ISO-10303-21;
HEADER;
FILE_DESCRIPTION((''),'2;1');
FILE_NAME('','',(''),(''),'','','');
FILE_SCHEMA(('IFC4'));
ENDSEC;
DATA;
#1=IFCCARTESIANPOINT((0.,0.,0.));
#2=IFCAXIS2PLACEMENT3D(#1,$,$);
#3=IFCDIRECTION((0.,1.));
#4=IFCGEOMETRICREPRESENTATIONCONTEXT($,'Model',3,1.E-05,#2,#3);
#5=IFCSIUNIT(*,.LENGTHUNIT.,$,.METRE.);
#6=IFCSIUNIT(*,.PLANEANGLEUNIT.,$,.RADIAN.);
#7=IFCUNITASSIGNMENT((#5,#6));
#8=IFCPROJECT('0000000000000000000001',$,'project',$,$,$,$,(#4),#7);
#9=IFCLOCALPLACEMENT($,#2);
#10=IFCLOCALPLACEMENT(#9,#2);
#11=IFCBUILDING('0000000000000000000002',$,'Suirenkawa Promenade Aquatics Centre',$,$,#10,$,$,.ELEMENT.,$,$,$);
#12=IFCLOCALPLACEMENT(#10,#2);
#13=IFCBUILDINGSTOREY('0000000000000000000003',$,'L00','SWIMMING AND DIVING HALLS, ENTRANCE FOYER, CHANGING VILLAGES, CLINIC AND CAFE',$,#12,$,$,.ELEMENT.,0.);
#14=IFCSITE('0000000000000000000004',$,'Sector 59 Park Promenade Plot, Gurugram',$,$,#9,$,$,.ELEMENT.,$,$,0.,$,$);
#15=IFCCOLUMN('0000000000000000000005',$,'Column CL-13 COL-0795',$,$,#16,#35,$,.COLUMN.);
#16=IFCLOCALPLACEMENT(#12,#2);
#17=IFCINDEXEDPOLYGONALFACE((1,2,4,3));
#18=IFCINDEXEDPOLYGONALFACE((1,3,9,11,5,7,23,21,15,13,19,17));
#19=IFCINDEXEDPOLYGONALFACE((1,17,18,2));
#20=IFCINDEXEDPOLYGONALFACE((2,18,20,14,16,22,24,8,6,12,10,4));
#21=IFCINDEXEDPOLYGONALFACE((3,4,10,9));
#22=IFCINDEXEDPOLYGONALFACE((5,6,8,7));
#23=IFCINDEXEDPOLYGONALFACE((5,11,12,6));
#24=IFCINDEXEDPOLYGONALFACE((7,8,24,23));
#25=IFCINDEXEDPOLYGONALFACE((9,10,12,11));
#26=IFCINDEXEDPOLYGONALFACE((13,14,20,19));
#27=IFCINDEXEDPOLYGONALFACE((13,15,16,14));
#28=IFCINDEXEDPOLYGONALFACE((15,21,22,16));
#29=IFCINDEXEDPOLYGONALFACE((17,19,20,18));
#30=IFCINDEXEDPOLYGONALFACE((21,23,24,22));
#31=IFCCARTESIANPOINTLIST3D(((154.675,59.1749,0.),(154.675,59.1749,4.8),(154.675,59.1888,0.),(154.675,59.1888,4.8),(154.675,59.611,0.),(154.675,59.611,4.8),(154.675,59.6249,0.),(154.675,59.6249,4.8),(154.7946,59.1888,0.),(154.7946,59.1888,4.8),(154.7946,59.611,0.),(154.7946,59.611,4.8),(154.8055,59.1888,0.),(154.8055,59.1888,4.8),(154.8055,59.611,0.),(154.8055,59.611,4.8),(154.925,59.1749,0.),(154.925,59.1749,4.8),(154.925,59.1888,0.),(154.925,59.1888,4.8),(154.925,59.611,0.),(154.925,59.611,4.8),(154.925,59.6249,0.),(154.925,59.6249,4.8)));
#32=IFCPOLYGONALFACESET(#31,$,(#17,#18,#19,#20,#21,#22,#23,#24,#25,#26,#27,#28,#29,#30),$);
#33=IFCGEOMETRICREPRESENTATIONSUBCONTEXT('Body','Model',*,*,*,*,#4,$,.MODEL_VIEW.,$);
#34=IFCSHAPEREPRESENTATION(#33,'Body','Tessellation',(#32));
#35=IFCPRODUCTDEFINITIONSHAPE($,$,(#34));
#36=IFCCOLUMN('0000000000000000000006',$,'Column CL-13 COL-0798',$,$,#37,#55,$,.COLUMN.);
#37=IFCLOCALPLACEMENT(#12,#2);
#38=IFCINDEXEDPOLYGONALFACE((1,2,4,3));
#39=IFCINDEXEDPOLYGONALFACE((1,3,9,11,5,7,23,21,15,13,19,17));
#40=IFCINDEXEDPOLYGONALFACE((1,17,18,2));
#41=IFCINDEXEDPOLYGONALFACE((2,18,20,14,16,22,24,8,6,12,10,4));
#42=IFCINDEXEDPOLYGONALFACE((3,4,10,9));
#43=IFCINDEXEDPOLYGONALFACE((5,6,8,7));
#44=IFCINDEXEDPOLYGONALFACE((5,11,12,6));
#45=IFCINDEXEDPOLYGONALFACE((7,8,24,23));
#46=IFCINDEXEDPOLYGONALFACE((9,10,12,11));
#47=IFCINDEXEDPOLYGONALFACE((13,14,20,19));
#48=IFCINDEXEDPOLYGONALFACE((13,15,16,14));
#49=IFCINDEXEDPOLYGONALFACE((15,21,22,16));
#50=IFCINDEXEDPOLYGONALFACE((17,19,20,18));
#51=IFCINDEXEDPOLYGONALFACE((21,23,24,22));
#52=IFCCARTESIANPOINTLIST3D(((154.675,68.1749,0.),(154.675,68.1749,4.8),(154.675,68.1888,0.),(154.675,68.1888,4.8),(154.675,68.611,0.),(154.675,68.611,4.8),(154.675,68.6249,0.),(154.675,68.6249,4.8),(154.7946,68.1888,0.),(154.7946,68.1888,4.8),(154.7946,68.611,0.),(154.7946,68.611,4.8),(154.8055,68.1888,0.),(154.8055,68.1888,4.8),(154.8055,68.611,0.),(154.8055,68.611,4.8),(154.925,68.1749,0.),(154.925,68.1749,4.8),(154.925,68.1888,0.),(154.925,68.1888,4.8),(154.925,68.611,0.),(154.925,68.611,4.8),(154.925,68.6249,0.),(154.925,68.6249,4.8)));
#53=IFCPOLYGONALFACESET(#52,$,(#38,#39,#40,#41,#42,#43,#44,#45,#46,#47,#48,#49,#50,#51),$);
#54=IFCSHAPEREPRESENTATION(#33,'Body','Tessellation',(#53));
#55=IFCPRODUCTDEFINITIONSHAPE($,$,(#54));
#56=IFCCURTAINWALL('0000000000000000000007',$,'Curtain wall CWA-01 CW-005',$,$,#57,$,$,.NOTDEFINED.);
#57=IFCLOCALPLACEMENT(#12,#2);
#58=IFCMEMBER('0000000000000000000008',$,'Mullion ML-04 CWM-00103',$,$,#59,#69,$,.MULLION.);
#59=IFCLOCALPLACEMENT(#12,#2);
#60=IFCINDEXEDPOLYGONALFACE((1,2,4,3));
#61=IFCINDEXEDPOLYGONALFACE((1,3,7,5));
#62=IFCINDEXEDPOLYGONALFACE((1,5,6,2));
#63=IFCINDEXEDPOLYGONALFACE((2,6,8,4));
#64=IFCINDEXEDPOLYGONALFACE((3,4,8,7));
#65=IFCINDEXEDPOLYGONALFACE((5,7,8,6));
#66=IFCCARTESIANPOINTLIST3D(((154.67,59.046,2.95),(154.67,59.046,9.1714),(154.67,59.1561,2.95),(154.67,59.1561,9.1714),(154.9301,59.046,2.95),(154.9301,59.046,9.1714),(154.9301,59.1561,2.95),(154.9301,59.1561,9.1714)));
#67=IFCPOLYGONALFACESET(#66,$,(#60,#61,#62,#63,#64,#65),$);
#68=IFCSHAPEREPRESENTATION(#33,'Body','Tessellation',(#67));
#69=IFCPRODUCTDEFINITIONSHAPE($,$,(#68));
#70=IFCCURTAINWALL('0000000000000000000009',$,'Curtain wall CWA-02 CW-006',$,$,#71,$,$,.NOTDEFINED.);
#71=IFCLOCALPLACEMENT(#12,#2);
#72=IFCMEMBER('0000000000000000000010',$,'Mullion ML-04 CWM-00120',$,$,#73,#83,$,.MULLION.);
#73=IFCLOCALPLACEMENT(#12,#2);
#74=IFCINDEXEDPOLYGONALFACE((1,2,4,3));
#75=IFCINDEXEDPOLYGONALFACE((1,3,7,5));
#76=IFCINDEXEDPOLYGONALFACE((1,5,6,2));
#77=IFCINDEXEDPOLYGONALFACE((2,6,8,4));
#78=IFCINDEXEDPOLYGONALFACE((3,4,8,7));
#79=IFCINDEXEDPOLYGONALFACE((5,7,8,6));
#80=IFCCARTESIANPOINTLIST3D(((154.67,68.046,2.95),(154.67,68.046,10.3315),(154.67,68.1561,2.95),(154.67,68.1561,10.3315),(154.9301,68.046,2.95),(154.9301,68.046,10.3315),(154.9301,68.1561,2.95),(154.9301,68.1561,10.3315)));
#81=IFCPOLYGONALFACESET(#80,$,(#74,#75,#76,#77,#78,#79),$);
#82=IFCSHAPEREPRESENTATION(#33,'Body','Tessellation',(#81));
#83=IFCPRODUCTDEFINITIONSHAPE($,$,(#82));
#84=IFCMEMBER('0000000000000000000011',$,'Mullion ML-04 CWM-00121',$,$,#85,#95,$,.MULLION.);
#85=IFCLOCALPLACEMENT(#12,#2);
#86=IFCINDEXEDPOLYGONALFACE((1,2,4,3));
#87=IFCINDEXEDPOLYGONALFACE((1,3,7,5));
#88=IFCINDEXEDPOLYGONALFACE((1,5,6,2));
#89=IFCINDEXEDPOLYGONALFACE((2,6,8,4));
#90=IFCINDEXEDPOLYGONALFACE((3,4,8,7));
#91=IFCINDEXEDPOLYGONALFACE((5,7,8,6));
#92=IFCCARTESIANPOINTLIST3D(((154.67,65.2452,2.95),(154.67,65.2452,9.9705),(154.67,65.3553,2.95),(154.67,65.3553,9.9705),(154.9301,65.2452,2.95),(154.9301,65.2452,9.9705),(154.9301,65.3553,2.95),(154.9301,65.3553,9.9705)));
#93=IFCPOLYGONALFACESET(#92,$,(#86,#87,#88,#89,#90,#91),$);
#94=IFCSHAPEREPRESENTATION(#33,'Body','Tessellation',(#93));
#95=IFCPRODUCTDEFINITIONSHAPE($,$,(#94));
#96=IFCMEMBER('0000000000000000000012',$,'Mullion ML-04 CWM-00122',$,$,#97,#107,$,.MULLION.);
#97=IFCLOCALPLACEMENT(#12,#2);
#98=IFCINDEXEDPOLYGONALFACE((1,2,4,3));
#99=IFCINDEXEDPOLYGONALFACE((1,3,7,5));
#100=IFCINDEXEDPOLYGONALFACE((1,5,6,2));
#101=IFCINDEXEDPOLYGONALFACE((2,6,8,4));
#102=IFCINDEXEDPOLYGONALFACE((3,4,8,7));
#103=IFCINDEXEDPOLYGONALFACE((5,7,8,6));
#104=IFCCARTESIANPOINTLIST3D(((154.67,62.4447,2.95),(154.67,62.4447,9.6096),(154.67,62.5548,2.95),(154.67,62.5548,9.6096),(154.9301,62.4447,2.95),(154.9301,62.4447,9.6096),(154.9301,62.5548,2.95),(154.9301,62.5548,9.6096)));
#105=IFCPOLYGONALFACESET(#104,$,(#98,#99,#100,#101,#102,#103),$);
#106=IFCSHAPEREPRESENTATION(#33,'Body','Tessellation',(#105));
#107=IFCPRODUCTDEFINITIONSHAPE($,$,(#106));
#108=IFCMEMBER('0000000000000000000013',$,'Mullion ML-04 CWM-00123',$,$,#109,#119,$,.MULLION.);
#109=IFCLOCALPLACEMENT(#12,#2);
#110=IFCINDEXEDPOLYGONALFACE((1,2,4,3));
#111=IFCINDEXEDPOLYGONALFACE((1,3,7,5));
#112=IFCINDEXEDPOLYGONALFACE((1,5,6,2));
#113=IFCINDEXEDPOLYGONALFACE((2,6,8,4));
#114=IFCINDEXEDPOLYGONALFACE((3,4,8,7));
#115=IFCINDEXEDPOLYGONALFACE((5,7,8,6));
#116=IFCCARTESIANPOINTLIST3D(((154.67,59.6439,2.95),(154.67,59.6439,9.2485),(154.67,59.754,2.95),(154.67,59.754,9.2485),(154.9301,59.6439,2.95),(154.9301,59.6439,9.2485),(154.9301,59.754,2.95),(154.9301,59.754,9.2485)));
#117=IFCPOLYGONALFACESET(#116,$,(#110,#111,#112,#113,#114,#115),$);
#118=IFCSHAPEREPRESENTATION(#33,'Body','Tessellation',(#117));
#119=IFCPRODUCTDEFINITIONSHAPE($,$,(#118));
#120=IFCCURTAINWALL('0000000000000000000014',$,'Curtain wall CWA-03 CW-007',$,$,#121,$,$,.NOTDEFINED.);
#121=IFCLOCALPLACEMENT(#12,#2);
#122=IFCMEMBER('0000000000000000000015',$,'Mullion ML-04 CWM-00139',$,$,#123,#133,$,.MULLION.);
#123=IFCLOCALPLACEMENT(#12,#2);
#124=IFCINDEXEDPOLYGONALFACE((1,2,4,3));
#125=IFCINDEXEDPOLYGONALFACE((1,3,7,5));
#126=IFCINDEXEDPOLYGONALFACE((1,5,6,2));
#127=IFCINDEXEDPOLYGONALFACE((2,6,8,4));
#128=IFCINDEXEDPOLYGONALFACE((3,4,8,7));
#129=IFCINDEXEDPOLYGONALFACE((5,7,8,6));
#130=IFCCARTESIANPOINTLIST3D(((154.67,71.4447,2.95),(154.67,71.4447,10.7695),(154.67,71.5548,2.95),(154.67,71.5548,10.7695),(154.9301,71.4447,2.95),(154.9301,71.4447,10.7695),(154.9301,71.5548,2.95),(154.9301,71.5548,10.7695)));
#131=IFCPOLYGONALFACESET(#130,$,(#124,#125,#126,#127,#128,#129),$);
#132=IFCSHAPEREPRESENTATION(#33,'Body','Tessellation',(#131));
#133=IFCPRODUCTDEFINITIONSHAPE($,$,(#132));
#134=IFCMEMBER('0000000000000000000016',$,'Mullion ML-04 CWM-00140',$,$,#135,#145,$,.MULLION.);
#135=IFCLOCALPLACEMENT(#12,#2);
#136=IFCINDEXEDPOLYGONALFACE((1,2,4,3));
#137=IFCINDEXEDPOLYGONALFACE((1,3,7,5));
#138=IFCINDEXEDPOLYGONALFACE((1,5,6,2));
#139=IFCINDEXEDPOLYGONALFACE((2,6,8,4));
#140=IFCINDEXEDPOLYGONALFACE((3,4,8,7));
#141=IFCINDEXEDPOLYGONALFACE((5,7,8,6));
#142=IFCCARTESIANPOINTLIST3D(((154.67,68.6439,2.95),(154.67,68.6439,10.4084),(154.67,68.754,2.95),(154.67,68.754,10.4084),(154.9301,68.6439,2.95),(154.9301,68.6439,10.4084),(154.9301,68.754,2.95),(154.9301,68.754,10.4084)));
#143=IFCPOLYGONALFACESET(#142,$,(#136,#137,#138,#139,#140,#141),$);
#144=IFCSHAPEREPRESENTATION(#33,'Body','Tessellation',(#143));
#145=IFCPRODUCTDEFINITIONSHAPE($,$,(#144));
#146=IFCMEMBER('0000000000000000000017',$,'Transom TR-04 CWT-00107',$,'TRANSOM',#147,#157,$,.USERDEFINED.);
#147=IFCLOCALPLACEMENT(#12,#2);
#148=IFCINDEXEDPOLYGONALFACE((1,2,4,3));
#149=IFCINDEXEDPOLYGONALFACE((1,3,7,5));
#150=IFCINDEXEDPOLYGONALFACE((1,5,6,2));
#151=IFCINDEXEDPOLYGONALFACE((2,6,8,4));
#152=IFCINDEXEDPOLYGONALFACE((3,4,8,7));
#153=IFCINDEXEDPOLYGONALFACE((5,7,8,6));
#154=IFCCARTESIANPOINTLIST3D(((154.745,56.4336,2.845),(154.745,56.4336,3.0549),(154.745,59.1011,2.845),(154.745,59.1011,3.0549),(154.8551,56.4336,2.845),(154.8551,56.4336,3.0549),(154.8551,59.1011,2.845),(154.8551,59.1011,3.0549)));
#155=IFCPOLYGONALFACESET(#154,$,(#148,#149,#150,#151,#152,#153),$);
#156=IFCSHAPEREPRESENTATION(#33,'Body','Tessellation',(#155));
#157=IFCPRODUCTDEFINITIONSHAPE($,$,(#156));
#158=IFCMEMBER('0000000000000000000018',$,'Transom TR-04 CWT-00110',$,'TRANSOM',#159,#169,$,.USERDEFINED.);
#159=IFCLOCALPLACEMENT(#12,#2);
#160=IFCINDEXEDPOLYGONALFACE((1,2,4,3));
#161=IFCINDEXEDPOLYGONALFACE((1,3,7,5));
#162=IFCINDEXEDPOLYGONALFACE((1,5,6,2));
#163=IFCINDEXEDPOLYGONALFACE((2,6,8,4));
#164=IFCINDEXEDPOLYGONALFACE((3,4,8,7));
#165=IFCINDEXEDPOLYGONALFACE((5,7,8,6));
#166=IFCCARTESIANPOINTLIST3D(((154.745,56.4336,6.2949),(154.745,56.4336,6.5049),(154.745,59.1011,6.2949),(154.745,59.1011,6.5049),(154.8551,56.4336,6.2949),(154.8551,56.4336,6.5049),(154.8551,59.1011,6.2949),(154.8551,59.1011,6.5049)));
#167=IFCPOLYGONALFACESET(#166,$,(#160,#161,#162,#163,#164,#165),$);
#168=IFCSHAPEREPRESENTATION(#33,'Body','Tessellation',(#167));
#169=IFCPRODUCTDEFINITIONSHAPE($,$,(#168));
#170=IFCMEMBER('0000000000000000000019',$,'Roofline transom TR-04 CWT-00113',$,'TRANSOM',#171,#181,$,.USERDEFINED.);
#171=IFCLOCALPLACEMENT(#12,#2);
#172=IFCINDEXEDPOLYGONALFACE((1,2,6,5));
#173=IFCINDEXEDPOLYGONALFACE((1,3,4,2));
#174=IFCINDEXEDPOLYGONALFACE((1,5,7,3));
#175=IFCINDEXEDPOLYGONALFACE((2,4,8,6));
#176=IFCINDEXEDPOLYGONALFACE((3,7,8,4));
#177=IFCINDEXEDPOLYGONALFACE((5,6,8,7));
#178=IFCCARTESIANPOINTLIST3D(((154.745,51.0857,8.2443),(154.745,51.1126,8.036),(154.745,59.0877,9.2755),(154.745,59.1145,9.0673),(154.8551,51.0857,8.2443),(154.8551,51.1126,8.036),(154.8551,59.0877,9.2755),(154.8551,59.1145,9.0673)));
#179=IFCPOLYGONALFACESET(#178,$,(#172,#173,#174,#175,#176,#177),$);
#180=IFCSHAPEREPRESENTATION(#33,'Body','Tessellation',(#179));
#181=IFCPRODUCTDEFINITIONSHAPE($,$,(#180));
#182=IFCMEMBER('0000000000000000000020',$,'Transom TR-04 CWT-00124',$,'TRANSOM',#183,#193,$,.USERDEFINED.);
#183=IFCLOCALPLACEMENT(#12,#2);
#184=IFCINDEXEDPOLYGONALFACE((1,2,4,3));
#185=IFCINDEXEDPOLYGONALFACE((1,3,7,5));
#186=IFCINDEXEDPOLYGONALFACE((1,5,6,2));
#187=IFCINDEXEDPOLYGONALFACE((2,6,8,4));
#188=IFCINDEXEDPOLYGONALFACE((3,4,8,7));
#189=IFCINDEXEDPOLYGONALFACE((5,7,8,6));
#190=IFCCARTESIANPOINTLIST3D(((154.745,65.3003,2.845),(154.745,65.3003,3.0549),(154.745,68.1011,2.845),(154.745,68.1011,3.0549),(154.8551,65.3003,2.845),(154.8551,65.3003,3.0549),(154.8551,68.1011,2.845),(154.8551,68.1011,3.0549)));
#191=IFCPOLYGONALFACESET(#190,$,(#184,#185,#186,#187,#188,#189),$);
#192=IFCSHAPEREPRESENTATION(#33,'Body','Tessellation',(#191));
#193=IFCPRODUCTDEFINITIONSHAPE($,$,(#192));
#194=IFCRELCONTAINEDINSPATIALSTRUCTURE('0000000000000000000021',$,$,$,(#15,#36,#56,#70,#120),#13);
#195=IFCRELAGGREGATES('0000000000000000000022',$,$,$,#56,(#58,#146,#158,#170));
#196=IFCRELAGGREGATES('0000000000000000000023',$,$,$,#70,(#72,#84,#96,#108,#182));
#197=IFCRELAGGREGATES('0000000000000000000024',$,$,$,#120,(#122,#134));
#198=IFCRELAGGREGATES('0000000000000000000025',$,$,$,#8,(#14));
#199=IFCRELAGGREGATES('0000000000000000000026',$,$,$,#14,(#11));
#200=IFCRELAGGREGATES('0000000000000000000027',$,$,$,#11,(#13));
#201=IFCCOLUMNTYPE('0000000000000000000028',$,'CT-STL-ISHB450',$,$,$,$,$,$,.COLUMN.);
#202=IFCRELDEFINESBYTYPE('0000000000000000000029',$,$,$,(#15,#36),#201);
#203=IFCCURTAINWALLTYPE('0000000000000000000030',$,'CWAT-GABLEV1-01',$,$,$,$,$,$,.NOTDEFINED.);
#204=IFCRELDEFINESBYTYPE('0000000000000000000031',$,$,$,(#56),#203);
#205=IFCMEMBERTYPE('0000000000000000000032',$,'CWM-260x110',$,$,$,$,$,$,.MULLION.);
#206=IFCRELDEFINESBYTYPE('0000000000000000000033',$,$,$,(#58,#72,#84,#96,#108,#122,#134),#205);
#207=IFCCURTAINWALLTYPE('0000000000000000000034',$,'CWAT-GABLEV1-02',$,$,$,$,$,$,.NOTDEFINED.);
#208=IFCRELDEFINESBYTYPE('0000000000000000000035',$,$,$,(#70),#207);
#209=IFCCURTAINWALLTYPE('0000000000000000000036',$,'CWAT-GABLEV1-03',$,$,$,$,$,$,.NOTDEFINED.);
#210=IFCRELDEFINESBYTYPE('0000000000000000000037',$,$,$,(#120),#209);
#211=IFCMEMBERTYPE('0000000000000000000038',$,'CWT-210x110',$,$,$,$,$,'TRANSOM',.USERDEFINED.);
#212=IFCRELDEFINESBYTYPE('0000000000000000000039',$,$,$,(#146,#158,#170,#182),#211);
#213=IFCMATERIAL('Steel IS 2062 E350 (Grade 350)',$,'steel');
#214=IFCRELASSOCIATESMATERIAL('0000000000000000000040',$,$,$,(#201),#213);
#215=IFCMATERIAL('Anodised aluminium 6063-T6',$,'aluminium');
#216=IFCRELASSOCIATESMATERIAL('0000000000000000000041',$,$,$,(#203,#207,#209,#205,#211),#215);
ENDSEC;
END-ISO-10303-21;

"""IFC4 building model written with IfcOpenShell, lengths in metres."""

from ifc_helpers import new_model, si_unit, direction, frame, origin, origin_2d, place, context, subcontext, project, spatial, rectangle, i_section, extrude, material, material_profile, profile_set, type_object, element, aggregate, save


model = new_model("IFC4")

# Units and contexts
model_context = context("Model", 3, precision=1e-05, world=origin(), true_north=direction((0.0, 1.0)))
body_context = subcontext(model_context, "Body", "Model", "MODEL_VIEW")
ifc_project = project(units=[si_unit("LENGTHUNIT", "METRE"), si_unit("PLANEANGLEUNIT", "RADIAN")], contexts=[model_context])

# Site, building, storey
site_placement = place(None, origin())
site = spatial("IfcSite", under=ifc_project, at=site_placement, Name="Sector 59 Park Promenade Plot, Gurugram", CompositionType="ELEMENT", RefElevation=0.0)
building_placement = place(site_placement, origin())
building = spatial("IfcBuilding", under=site, at=building_placement, Name="Suirenkawa Promenade Aquatics Centre", CompositionType="ELEMENT")
storey_placement = place(building_placement, origin())
storey = spatial("IfcBuildingStorey", under=building, at=storey_placement, Name="L00", Description="SWIMMING AND DIVING HALLS, ENTRANCE FOYER, CHANGING VILLAGES, CLINIC AND CAFE", CompositionType="ELEMENT", Elevation=0.0)

# Columns
ifc_material_1 = material(Name="Steel IS 2062 E350 (Grade 350)", Category="steel")
ifc_material_profile_1 = material_profile(ifc_material_1, i_section(OverallWidth=0.25, OverallDepth=0.45, WebThickness=0.011, FlangeThickness=0.0139, at=origin_2d()), Name="ISHB 450", Category="steel")
ifc_profile_set_1 = profile_set([ifc_material_profile_1], Name="Steel IS 2062 E350 (Grade 350)")
column_type = type_object("IfcColumnType", Name="CT-STL-ISHB450", PredefinedType="COLUMN", material=ifc_profile_set_1)
for number, where, z_axis, x_axis, name in (
    (1, (154.8, 59.3999, 0.0), (0.0, 0.0, 1.0), (1.0, 0.0, 0.0), "Column CL-13 COL-0795"),
    (2, (154.8, 68.3999, 0.0), (0.0, 0.0, 1.0), (1.0, 0.0, 0.0), "Column CL-13 COL-0798"),
):
    element("IfcColumn", number, at=place(storey_placement, frame(where, z_axis=z_axis, x_axis=x_axis)), inside=storey, type_object=column_type, Name=name, PredefinedType="COLUMN", context=body_context, shape_type="SweptSolid", body=[
        extrude(i_section(OverallWidth=0.25, OverallDepth=0.45, WebThickness=0.011, FlangeThickness=0.0139, at=origin_2d()), origin(), (0.0, 0.0, 1.0), 4.8),
    ])

# Curtain wall, member
ifc_material_2 = material(Name="Anodised aluminium 6063-T6", Category="aluminium")
curtain_wall_type_1 = type_object("IfcCurtainWallType", Name="CWAT-GABLEV1-01", PredefinedType="NOTDEFINED", material=ifc_material_2)
curtain_wall_1_placement = place(storey_placement, origin())
curtain_wall_1 = element("IfcCurtainWall", 3, at=curtain_wall_1_placement, inside=storey, type_object=curtain_wall_type_1, Name="Curtain wall CWA-01 CW-005", PredefinedType="NOTDEFINED")
ifc_material_profile_2 = material_profile(ifc_material_2, rectangle(XDim=0.1101, YDim=0.26, at=origin_2d()), Name="ALU MULL 110x260", Category="aluminium")
ifc_profile_set_2 = profile_set([ifc_material_profile_2], Name="Anodised aluminium 6063-T6")
member_type_1 = type_object("IfcMemberType", Name="CWM-260x110", PredefinedType="MULLION", material=ifc_profile_set_2)
member_1_placement = place(storey_placement, frame((154.8, 59.1011, 2.95), z_axis=(0.0, 0.0, 1.0), x_axis=(0.0, -1.0, 0.0)))
member_1 = element("IfcMember", 4, at=member_1_placement, type_object=member_type_1, Name="Mullion ML-04 CWM-00103", PredefinedType="MULLION", context=body_context, shape_type="SweptSolid", body=[
    extrude(rectangle(XDim=0.1101, YDim=0.26, at=origin_2d()), origin(), (0.0, 0.0, 1.0), 6.2214),
])

# Curtain walls, members
curtain_wall_type_2 = type_object("IfcCurtainWallType", Name="CWAT-GABLEV1-02", PredefinedType="NOTDEFINED", material=ifc_material_2)
curtain_wall_2_placement = place(storey_placement, origin())
curtain_wall_2 = element("IfcCurtainWall", 5, at=curtain_wall_2_placement, inside=storey, type_object=curtain_wall_type_2, Name="Curtain wall CWA-02 CW-006", PredefinedType="NOTDEFINED")
member_2_placement = place(storey_placement, frame((154.8, 68.1011, 2.95), z_axis=(0.0, 0.0, 1.0), x_axis=(0.0, -1.0, 0.0)))
member_2 = element("IfcMember", 6, at=member_2_placement, type_object=member_type_1, Name="Mullion ML-04 CWM-00120", PredefinedType="MULLION", context=body_context, shape_type="SweptSolid", body=[
    extrude(rectangle(XDim=0.1101, YDim=0.26, at=origin_2d()), origin(), (0.0, 0.0, 1.0), 7.3816),
])
member_3_placement = place(storey_placement, frame((154.8, 65.3003, 2.95), z_axis=(0.0, 0.0, 1.0), x_axis=(0.0, -1.0, 0.0)))
member_3 = element("IfcMember", 7, at=member_3_placement, type_object=member_type_1, Name="Mullion ML-04 CWM-00121", PredefinedType="MULLION", context=body_context, shape_type="SweptSolid", body=[
    extrude(rectangle(XDim=0.1101, YDim=0.26, at=origin_2d()), origin(), (0.0, 0.0, 1.0), 7.0205),
])
member_4_placement = place(storey_placement, frame((154.8, 62.4998, 2.95), z_axis=(0.0, 0.0, 1.0), x_axis=(0.0, -1.0, 0.0)))
member_4 = element("IfcMember", 8, at=member_4_placement, type_object=member_type_1, Name="Mullion ML-04 CWM-00122", PredefinedType="MULLION", context=body_context, shape_type="SweptSolid", body=[
    extrude(rectangle(XDim=0.1101, YDim=0.26, at=origin_2d()), origin(), (0.0, 0.0, 1.0), 6.6597),
])
member_5_placement = place(storey_placement, frame((154.8, 59.699, 2.95), z_axis=(0.0, 0.0, 1.0), x_axis=(0.0, -1.0, 0.0)))
member_5 = element("IfcMember", 9, at=member_5_placement, type_object=member_type_1, Name="Mullion ML-04 CWM-00123", PredefinedType="MULLION", context=body_context, shape_type="SweptSolid", body=[
    extrude(rectangle(XDim=0.1101, YDim=0.26, at=origin_2d()), origin(), (0.0, 0.0, 1.0), 6.2986),
])
curtain_wall_type_3 = type_object("IfcCurtainWallType", Name="CWAT-GABLEV1-03", PredefinedType="NOTDEFINED", material=ifc_material_2)
curtain_wall_3_placement = place(storey_placement, origin())
curtain_wall_3 = element("IfcCurtainWall", 10, at=curtain_wall_3_placement, inside=storey, type_object=curtain_wall_type_3, Name="Curtain wall CWA-03 CW-007", PredefinedType="NOTDEFINED")
member_6_placement = place(storey_placement, frame((154.8, 71.4998, 2.95), z_axis=(0.0, 0.0, 1.0), x_axis=(0.0, -1.0, 0.0)))
member_6 = element("IfcMember", 11, at=member_6_placement, type_object=member_type_1, Name="Mullion ML-04 CWM-00139", PredefinedType="MULLION", context=body_context, shape_type="SweptSolid", body=[
    extrude(rectangle(XDim=0.1101, YDim=0.26, at=origin_2d()), origin(), (0.0, 0.0, 1.0), 7.8196),
])
member_7_placement = place(storey_placement, frame((154.8, 68.699, 2.95), z_axis=(0.0, 0.0, 1.0), x_axis=(0.0, -1.0, 0.0)))
member_7 = element("IfcMember", 12, at=member_7_placement, type_object=member_type_1, Name="Mullion ML-04 CWM-00140", PredefinedType="MULLION", context=body_context, shape_type="SweptSolid", body=[
    extrude(rectangle(XDim=0.1101, YDim=0.26, at=origin_2d()), origin(), (0.0, 0.0, 1.0), 7.4585),
])

# Members
ifc_material_profile_3 = material_profile(ifc_material_2, rectangle(XDim=0.1101, YDim=0.21, at=origin_2d()), Name="ALU TRAN 110x210", Category="aluminium")
ifc_profile_set_3 = profile_set([ifc_material_profile_3], Name="Anodised aluminium 6063-T6")
member_type_2 = type_object("IfcMemberType", Name="CWT-210x110", ElementType="TRANSOM", PredefinedType="USERDEFINED", material=ifc_profile_set_3)
member_8_placement = place(storey_placement, frame((154.8, 59.1011, 2.95), z_axis=(0.0, -1.0, 0.0), x_axis=(1.0, 0.0, 0.0)))
member_8 = element("IfcMember", 13, at=member_8_placement, type_object=member_type_2, Name="Transom TR-04 CWT-00107", ObjectType="TRANSOM", PredefinedType="USERDEFINED", context=body_context, shape_type="SweptSolid", body=[
    extrude(rectangle(XDim=0.1101, YDim=0.21, at=origin_2d()), origin(), (0.0, 0.0, 1.0), 2.6675),
])
member_9_placement = place(storey_placement, frame((154.8, 59.1011, 6.3999), z_axis=(0.0, -1.0, 0.0), x_axis=(1.0, 0.0, 0.0)))
member_9 = element("IfcMember", 14, at=member_9_placement, type_object=member_type_2, Name="Transom TR-04 CWT-00110", ObjectType="TRANSOM", PredefinedType="USERDEFINED", context=body_context, shape_type="SweptSolid", body=[
    extrude(rectangle(XDim=0.1101, YDim=0.21, at=origin_2d()), origin(), (0.0, 0.0, 1.0), 2.6675),
])
member_10_placement = place(storey_placement, frame((154.8, 59.1011, 9.1714), z_axis=(0.0, -0.991798, -0.127818), x_axis=(1.0, 0.0, 0.0)))
member_10 = element("IfcMember", 15, at=member_10_placement, type_object=member_type_2, Name="Roofline transom TR-04 CWT-00113", ObjectType="TRANSOM", PredefinedType="USERDEFINED", context=body_context, shape_type="SweptSolid", body=[
    extrude(rectangle(XDim=0.1101, YDim=0.21, at=origin_2d()), origin(), (0.0, 0.0, 1.0), 8.0681),
])
member_11_placement = place(storey_placement, frame((154.8, 68.1011, 2.95), z_axis=(0.0, -1.0, 0.0), x_axis=(1.0, 0.0, 0.0)))
member_11 = element("IfcMember", 16, at=member_11_placement, type_object=member_type_2, Name="Transom TR-04 CWT-00124", ObjectType="TRANSOM", PredefinedType="USERDEFINED", context=body_context, shape_type="SweptSolid", body=[
    extrude(rectangle(XDim=0.1101, YDim=0.21, at=origin_2d()), origin(), (0.0, 0.0, 1.0), 2.8008),
])

aggregate(curtain_wall_1, [member_1, member_8, member_9, member_10])
aggregate(curtain_wall_2, [member_2, member_3, member_4, member_5, member_11])
aggregate(curtain_wall_3, [member_6, member_7])

save(model, "model.ifc")
